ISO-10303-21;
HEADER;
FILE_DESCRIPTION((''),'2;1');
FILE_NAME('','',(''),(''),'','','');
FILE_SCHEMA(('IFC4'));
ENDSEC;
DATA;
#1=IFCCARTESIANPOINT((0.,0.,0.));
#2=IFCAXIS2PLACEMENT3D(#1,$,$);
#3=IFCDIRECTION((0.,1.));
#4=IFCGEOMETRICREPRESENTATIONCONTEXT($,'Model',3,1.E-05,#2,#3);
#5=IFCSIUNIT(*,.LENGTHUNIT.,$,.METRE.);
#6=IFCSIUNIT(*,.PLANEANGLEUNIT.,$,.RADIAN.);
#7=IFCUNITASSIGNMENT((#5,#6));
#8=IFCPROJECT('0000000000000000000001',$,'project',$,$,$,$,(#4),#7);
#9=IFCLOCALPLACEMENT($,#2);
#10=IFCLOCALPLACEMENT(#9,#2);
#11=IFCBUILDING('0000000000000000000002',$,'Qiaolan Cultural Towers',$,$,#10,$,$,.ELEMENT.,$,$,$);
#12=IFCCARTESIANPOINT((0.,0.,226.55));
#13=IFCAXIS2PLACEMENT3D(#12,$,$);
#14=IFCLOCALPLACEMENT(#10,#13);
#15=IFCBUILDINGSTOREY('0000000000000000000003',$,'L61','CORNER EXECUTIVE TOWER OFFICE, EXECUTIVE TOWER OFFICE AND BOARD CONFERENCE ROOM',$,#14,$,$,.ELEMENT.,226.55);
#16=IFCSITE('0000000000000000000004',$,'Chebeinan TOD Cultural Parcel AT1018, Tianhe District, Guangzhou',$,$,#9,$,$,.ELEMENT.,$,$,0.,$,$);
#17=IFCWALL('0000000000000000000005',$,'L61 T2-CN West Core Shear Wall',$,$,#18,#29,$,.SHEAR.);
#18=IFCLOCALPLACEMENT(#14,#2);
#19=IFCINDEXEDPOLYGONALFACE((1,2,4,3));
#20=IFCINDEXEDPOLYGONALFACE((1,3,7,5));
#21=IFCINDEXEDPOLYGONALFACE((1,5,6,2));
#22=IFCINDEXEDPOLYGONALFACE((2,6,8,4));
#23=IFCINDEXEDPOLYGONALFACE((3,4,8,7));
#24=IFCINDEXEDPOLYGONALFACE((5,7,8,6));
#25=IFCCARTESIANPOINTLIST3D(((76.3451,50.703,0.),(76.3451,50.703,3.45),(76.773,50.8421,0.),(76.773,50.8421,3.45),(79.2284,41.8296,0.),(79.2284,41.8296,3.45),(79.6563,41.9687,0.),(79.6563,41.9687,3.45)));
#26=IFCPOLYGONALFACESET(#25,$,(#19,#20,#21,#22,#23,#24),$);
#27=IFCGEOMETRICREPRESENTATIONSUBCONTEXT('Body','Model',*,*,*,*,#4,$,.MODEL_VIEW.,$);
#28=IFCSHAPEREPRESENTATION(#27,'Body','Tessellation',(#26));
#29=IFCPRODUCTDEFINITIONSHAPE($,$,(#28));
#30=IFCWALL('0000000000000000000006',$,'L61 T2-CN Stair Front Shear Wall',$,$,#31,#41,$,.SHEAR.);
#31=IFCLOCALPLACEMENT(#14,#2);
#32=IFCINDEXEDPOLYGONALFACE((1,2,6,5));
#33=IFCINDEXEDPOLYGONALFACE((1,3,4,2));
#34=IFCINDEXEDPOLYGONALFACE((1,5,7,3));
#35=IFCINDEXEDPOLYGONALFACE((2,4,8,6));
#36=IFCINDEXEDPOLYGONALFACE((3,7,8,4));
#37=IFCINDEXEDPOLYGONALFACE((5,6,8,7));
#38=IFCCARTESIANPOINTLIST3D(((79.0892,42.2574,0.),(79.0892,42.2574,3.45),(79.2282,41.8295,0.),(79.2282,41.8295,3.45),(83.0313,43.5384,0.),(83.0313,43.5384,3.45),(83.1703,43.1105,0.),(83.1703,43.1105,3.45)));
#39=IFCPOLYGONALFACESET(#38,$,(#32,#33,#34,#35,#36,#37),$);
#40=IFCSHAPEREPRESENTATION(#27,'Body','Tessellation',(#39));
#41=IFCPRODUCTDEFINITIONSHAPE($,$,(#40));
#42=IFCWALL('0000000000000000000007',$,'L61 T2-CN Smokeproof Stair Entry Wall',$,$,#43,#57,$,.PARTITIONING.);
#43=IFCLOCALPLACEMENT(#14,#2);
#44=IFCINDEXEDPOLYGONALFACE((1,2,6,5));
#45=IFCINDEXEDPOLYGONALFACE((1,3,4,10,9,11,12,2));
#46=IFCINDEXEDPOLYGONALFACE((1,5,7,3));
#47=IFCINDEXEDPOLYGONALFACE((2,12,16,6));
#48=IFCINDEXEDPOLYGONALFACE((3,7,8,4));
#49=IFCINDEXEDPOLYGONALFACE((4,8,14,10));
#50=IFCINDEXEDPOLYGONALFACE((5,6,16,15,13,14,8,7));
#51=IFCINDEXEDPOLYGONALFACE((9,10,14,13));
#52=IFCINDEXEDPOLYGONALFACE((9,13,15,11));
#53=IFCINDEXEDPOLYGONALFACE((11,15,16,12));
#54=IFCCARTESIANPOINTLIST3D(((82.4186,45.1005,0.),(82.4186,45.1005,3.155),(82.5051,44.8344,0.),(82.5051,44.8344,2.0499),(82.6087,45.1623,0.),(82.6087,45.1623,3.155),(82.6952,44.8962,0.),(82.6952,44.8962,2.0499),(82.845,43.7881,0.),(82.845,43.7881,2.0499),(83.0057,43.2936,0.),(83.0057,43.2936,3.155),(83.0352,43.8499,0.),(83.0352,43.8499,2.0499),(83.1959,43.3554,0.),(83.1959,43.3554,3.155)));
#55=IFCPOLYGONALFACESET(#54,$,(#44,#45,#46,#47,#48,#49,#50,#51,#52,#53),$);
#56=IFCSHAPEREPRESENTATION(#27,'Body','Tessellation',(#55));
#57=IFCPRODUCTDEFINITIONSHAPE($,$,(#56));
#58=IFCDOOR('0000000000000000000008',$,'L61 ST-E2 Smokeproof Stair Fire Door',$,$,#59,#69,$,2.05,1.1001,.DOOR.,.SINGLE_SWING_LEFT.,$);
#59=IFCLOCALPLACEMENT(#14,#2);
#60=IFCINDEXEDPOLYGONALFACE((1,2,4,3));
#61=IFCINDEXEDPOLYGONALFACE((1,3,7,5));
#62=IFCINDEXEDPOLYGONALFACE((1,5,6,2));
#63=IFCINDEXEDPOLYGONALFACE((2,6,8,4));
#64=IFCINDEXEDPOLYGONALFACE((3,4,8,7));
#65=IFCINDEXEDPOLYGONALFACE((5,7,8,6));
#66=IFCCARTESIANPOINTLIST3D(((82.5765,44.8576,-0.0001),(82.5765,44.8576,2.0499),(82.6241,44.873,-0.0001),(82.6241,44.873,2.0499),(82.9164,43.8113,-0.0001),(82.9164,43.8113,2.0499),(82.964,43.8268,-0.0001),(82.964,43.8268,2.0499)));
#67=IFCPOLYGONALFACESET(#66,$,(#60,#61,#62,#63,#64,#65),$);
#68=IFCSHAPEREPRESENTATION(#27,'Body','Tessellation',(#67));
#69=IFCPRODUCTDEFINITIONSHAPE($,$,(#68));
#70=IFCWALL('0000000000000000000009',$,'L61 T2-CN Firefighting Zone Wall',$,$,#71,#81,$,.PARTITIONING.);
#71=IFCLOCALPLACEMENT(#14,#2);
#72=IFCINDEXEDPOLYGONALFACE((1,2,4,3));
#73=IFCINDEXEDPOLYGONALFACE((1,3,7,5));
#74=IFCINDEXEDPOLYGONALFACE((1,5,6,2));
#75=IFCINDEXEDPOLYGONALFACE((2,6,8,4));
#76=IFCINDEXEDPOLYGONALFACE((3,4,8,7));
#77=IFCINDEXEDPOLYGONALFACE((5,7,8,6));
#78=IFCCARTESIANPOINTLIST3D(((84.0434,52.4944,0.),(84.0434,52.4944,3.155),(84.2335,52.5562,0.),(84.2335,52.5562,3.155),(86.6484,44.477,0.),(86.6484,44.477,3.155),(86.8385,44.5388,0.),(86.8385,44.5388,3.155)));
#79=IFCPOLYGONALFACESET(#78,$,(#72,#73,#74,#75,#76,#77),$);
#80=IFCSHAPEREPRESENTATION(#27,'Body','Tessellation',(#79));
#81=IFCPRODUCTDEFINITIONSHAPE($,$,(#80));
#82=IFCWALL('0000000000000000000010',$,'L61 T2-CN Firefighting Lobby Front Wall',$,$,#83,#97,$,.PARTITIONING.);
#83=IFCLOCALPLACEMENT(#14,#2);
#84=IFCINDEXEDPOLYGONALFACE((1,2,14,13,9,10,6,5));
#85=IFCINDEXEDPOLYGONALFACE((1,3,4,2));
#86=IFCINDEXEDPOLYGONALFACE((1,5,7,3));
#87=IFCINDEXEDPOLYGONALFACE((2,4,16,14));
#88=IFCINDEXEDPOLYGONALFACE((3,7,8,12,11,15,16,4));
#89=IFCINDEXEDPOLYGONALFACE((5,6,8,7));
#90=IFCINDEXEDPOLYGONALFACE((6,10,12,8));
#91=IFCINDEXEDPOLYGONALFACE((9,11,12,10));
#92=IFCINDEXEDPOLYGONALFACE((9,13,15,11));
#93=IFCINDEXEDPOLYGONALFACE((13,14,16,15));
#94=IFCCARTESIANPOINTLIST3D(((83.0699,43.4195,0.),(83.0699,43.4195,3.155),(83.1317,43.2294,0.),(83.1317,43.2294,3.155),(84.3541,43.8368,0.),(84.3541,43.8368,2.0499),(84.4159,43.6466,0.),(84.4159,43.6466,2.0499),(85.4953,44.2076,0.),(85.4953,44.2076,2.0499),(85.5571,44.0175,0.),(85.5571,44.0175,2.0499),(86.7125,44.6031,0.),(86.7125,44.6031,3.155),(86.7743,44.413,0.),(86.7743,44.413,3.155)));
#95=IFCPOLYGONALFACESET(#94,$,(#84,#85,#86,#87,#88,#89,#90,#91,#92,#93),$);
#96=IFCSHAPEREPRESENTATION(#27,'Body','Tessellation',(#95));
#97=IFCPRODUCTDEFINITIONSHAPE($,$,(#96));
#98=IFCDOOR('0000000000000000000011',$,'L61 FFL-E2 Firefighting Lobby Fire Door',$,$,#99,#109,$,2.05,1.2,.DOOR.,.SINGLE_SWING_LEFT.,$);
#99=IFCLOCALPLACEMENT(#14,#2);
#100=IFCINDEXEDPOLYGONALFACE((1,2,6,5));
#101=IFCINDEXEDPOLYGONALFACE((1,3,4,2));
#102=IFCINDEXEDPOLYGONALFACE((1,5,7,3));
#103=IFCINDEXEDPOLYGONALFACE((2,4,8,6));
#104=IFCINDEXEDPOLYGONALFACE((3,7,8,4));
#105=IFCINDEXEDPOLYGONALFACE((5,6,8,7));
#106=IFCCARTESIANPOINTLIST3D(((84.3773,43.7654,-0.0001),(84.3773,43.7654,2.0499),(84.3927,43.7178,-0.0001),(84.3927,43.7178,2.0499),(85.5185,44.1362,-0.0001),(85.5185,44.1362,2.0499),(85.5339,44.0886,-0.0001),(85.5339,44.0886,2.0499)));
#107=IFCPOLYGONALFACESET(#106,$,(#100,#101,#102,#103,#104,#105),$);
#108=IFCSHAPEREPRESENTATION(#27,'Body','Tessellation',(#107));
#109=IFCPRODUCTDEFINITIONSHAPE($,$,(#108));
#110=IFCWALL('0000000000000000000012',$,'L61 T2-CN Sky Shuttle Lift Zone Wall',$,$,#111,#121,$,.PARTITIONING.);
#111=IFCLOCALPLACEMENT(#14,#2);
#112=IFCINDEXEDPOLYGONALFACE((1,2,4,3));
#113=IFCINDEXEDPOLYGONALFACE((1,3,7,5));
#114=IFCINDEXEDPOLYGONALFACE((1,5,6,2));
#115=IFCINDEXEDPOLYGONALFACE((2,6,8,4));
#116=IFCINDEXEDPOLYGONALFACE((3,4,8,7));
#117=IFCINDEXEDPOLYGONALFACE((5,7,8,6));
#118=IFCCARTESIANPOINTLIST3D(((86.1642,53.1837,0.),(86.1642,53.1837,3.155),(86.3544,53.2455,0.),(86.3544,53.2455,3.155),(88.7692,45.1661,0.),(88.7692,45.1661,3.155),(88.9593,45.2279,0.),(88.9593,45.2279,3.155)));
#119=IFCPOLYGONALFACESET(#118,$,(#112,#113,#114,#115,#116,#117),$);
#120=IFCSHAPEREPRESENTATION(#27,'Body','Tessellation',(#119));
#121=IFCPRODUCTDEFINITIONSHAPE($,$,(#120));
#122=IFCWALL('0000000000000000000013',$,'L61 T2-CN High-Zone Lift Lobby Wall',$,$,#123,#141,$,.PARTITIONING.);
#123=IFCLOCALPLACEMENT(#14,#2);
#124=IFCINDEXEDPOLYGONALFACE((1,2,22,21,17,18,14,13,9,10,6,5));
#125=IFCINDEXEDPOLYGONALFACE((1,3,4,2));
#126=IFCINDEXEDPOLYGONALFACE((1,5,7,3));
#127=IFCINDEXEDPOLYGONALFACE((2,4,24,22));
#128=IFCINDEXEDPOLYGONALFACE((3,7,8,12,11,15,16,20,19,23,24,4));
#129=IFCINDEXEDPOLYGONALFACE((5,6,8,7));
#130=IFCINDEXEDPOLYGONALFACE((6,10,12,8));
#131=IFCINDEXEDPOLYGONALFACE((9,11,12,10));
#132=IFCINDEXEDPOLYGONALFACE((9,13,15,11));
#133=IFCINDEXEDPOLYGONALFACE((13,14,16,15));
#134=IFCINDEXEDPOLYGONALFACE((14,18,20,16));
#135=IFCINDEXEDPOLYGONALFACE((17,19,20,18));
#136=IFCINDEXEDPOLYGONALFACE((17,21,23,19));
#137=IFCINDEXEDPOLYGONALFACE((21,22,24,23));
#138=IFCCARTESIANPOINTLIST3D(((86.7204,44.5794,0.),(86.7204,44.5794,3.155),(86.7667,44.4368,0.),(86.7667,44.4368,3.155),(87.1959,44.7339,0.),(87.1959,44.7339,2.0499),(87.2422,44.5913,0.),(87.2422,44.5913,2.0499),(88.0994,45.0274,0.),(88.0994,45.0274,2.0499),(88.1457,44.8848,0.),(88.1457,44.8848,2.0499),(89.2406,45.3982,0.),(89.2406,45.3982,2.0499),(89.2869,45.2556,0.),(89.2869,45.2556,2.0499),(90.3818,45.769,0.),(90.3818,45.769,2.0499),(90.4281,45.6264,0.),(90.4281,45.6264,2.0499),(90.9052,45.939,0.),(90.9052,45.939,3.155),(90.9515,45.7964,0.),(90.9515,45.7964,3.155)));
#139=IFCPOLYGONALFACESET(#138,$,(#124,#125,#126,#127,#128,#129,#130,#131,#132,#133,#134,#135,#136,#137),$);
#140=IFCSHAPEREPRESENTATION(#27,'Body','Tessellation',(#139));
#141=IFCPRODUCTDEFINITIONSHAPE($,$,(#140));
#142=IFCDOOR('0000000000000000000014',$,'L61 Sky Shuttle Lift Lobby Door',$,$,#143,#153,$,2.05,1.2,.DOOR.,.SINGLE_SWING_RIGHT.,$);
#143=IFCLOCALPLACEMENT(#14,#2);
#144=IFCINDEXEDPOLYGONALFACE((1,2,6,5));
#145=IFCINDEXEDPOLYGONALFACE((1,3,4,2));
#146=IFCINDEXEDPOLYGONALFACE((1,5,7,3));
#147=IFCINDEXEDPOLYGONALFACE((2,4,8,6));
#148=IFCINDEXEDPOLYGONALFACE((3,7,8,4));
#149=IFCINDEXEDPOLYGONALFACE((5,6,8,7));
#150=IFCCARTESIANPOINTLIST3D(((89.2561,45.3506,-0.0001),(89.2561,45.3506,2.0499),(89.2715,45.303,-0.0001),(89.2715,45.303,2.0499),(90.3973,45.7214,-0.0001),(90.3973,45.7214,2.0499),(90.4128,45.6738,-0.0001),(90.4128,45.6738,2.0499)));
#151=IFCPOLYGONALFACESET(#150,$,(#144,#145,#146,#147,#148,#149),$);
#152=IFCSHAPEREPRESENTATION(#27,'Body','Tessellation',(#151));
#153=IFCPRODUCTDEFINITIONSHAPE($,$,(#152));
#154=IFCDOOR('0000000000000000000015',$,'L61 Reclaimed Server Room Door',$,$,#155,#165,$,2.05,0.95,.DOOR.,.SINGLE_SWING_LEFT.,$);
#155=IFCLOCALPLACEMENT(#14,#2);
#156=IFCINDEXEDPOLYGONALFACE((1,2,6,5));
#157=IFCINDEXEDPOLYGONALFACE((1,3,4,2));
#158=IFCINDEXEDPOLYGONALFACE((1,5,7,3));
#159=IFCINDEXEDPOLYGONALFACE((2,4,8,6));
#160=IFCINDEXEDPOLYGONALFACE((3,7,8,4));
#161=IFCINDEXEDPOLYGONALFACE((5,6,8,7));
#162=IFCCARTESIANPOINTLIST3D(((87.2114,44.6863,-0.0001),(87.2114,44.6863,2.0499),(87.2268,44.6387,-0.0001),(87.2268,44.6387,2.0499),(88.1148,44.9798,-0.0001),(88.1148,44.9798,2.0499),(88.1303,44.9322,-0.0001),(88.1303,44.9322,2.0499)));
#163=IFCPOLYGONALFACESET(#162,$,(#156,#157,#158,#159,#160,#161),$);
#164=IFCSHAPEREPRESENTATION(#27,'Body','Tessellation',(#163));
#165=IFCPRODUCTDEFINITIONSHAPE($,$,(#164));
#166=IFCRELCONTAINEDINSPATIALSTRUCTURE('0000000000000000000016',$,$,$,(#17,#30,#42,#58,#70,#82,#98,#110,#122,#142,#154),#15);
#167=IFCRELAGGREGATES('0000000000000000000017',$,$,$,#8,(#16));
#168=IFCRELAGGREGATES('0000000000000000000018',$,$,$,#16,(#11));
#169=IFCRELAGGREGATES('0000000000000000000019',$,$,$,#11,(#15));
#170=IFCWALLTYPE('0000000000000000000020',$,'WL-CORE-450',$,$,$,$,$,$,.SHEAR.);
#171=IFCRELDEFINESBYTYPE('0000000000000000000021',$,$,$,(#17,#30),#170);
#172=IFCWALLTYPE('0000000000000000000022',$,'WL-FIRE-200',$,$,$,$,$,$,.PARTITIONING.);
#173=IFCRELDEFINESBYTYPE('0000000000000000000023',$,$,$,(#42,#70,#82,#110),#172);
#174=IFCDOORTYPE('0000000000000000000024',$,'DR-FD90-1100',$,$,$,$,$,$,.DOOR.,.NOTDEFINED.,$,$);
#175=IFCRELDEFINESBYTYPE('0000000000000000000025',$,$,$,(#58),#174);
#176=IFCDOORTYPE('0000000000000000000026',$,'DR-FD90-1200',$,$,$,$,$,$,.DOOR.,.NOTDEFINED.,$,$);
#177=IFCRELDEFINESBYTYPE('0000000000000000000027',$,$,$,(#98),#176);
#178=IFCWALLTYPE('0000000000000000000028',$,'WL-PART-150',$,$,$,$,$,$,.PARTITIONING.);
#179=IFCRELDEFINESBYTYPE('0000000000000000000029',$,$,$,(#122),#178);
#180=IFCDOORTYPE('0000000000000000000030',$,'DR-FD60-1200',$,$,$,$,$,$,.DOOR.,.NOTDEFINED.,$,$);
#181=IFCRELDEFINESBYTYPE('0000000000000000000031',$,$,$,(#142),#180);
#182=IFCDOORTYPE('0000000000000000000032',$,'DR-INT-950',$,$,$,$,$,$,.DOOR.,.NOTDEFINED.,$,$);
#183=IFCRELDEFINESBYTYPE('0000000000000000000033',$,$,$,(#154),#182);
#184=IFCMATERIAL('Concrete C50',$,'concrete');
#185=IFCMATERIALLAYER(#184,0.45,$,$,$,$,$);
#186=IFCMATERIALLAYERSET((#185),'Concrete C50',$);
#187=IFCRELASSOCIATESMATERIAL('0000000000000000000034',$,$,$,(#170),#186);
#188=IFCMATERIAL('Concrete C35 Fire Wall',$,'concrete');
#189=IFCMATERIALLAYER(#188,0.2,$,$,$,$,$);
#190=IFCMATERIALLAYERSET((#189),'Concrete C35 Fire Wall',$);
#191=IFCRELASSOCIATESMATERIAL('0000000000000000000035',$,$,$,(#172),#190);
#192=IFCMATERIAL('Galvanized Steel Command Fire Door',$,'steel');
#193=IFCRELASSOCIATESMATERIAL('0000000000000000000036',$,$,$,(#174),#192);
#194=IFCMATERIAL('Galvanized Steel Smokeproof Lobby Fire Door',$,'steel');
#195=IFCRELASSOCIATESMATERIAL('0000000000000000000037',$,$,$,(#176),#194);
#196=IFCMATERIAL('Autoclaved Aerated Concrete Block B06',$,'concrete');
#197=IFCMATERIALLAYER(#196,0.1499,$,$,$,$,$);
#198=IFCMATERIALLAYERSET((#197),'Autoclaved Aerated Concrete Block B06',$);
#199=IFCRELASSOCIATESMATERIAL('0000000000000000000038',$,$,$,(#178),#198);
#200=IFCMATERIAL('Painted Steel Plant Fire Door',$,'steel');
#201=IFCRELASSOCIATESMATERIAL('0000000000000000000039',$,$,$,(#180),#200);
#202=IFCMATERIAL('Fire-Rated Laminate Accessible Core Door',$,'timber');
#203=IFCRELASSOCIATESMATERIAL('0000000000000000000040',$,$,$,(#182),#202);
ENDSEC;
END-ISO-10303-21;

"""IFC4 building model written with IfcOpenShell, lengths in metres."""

from ifc_helpers import new_model, si_unit, direction, frame, frame_2d, origin, place, context, subcontext, project, spatial, rectangle, extrude, material, layer, layer_set, type_object, element, fill, save


model = new_model("IFC4")

# Units and contexts
model_context = context("Model", 3, precision=1e-05, world=origin(), true_north=direction((0.0, 1.0)))
body_context = subcontext(model_context, "Body", "Model", "MODEL_VIEW")
ifc_project = project(units=[si_unit("LENGTHUNIT", "METRE"), si_unit("PLANEANGLEUNIT", "RADIAN")], contexts=[model_context])

# Site, building, storey
site_placement = place(None, origin())
site = spatial("IfcSite", under=ifc_project, at=site_placement, Name="Chebeinan TOD Cultural Parcel AT1018, Tianhe District, Guangzhou", CompositionType="ELEMENT", RefElevation=0.0)
building_placement = place(site_placement, origin())
building = spatial("IfcBuilding", under=site, at=building_placement, Name="Qiaolan Cultural Towers", CompositionType="ELEMENT")
storey_placement = place(building_placement, frame((0.0, 0.0, 226.55)))
storey = spatial("IfcBuildingStorey", under=building, at=storey_placement, Name="L61", Description="CORNER EXECUTIVE TOWER OFFICE, EXECUTIVE TOWER OFFICE AND BOARD CONFERENCE ROOM", CompositionType="ELEMENT", Elevation=226.55)

# Walls
ifc_material_1 = material(Name="Concrete C50", Category="concrete")
ifc_layer_1 = layer(ifc_material_1, 0.45)
ifc_layer_set_1 = layer_set([ifc_layer_1], Name="Concrete C50")
wall_type_1 = type_object("IfcWallType", Name="WL-CORE-450", PredefinedType="SHEAR", material=ifc_layer_set_1)
wall_1_placement = place(storey_placement, frame((79.4424, 41.8992, 0.0), z_axis=(0.0, 0.0, 1.0), x_axis=(-0.309036, 0.95105, 0.0)))
element("IfcWall", 1, at=wall_1_placement, inside=storey, type_object=wall_type_1, Name="L61 T2-CN West Core Shear Wall", PredefinedType="SHEAR", context=body_context, shape_type="SweptSolid", body=[
    extrude(rectangle(XDim=9.3301, YDim=0.45, at=frame_2d((4.665, 0.0))), origin(), (0.0, 0.0, 1.0), 3.45),
])
wall_2_placement = place(storey_placement, frame((79.1587, 42.0435, 0.0), z_axis=(0.0, 0.0, 1.0), x_axis=(0.951047, 0.309045, 0.0)))
element("IfcWall", 2, at=wall_2_placement, inside=storey, type_object=wall_type_1, Name="L61 T2-CN Stair Front Shear Wall", PredefinedType="SHEAR", context=body_context, shape_type="SweptSolid", body=[
    extrude(rectangle(XDim=4.145, YDim=0.45, at=frame_2d((2.0725, 0.0))), origin(), (0.0, 0.0, 1.0), 3.45),
])

# Wall, opening, door
ifc_material_2 = material(Name="Concrete C35 Fire Wall", Category="concrete")
ifc_layer_2 = layer(ifc_material_2, 0.2)
ifc_layer_set_2 = layer_set([ifc_layer_2], Name="Concrete C35 Fire Wall")
wall_type_2 = type_object("IfcWallType", Name="WL-FIRE-200", PredefinedType="PARTITIONING", material=ifc_layer_set_2)
wall_3_placement = place(storey_placement, frame((83.1008, 43.3245, 0.0), z_axis=(0.0, 0.0, 1.0), x_axis=(-0.309048, 0.951046, 0.0)))
wall_3 = element("IfcWall", 3, at=wall_3_placement, inside=storey, type_object=wall_type_2, Name="L61 T2-CN Smokeproof Stair Entry Wall", PredefinedType="PARTITIONING", context=body_context, shape_type="SweptSolid", body=[
    extrude(rectangle(XDim=1.8999, YDim=0.2, at=frame_2d((0.95, 0.0))), origin(), (0.0, 0.0, 1.0), 3.155),
])
opening_1_placement = place(wall_3_placement, frame((0.52, 0.0, 0.0)))
opening_1 = element("IfcOpeningElement", 4, at=opening_1_placement, cuts=wall_3, PredefinedType="OPENING", context=body_context, shape_type="SweptSolid", body=[
    extrude(rectangle(XDim=1.1001, YDim=2.05, at=frame_2d((0.55, 1.0249))), frame((0.0, 0.1099, 0.0), z_axis=(0.0, -1.0, 0.0), x_axis=(1.0, 0.0, 0.0)), (0.0, 0.0, 1.0), 0.22),
])
ifc_material_3 = material(Name="Galvanized Steel Command Fire Door", Category="steel")
door_type_1 = type_object("IfcDoorType", Name="DR-FD90-1100", OperationType="NOTDEFINED", PredefinedType="DOOR", material=ifc_material_3)
door_1_placement = place(opening_1_placement, origin())
door_1 = element("IfcDoor", 5, at=door_1_placement, inside=storey, type_object=door_type_1, Name="L61 ST-E2 Smokeproof Stair Fire Door", OperationType="SINGLE_SWING_LEFT", OverallHeight=2.05, OverallWidth=1.1001, PredefinedType="DOOR", context=body_context, shape_type="SweptSolid", body=[
    extrude(rectangle(XDim=1.1001, YDim=2.05, at=frame_2d((0.55, 1.0249))), frame((0.0, 0.0249, 0.0), z_axis=(0.0, -1.0, 0.0), x_axis=(1.0, 0.0, 0.0)), (0.0, 0.0, 1.0), 0.05),
])
fill(opening_1, door_1)

# Wall
wall_4_placement = place(storey_placement, frame((86.7434, 44.5081, 0.0), z_axis=(0.0, 0.0, 1.0), x_axis=(-0.309016, 0.951057, 0.0)))
element("IfcWall", 6, at=wall_4_placement, inside=storey, type_object=wall_type_2, Name="L61 T2-CN Firefighting Zone Wall", PredefinedType="PARTITIONING", context=body_context, shape_type="SweptSolid", body=[
    extrude(rectangle(XDim=8.4299, YDim=0.2, at=frame_2d((4.2148, 0.0))), origin(), (0.0, 0.0, 1.0), 3.155),
])

# Wall, opening, door
wall_5_placement = place(storey_placement, frame((83.1008, 43.3245, 0.0), z_axis=(0.0, 0.0, 1.0), x_axis=(0.951053, 0.309028, 0.0)))
wall_5 = element("IfcWall", 7, at=wall_5_placement, inside=storey, type_object=wall_type_2, Name="L61 T2-CN Firefighting Lobby Front Wall", PredefinedType="PARTITIONING", context=body_context, shape_type="SweptSolid", body=[
    extrude(rectangle(XDim=3.8301, YDim=0.2, at=frame_2d((1.915, 0.0))), origin(), (0.0, 0.0, 1.0), 3.155),
])
opening_2_placement = place(wall_5_placement, frame((1.3501, 0.0, 0.0)))
opening_2 = element("IfcOpeningElement", 8, at=opening_2_placement, cuts=wall_5, PredefinedType="OPENING", context=body_context, shape_type="SweptSolid", body=[
    extrude(rectangle(XDim=1.2, YDim=2.05, at=frame_2d((0.6001, 1.0249))), frame((0.0, 0.1099, 0.0), z_axis=(0.0, -1.0, 0.0), x_axis=(1.0, 0.0, 0.0)), (0.0, 0.0, 1.0), 0.22),
])
ifc_material_4 = material(Name="Galvanized Steel Smokeproof Lobby Fire Door", Category="steel")
door_type_2 = type_object("IfcDoorType", Name="DR-FD90-1200", OperationType="NOTDEFINED", PredefinedType="DOOR", material=ifc_material_4)
door_2_placement = place(opening_2_placement, origin())
door_2 = element("IfcDoor", 9, at=door_2_placement, inside=storey, type_object=door_type_2, Name="L61 FFL-E2 Firefighting Lobby Fire Door", OperationType="SINGLE_SWING_LEFT", OverallHeight=2.05, OverallWidth=1.2, PredefinedType="DOOR", context=body_context, shape_type="SweptSolid", body=[
    extrude(rectangle(XDim=1.2, YDim=2.05, at=frame_2d((0.6001, 1.0249))), frame((0.0, 0.0249, 0.0), z_axis=(0.0, -1.0, 0.0), x_axis=(1.0, 0.0, 0.0)), (0.0, 0.0, 1.0), 0.05),
])
fill(opening_2, door_2)

# Wall
wall_6_placement = place(storey_placement, frame((88.8643, 45.197, 0.0), z_axis=(0.0, 0.0, 1.0), x_axis=(-0.309007, 0.95106, 0.0)))
element("IfcWall", 10, at=wall_6_placement, inside=storey, type_object=wall_type_2, Name="L61 T2-CN Sky Shuttle Lift Zone Wall", PredefinedType="PARTITIONING", context=body_context, shape_type="SweptSolid", body=[
    extrude(rectangle(XDim=8.4302, YDim=0.2, at=frame_2d((4.2151, 0.0))), origin(), (0.0, 0.0, 1.0), 3.155),
])

# Wall, openings, doors
ifc_material_5 = material(Name="Autoclaved Aerated Concrete Block B06", Category="concrete")
ifc_layer_3 = layer(ifc_material_5, 0.1499)
ifc_layer_set_3 = layer_set([ifc_layer_3], Name="Autoclaved Aerated Concrete Block B06")
wall_type_3 = type_object("IfcWallType", Name="WL-PART-150", PredefinedType="PARTITIONING", material=ifc_layer_set_3)
wall_7_placement = place(storey_placement, frame((86.7434, 44.5081, 0.0), z_axis=(0.0, 0.0, 1.0), x_axis=(0.951064, 0.308994, 0.0)))
wall_7 = element("IfcWall", 11, at=wall_7_placement, inside=storey, type_object=wall_type_3, Name="L61 T2-CN High-Zone Lift Lobby Wall", PredefinedType="PARTITIONING", context=body_context, shape_type="SweptSolid", body=[
    extrude(rectangle(XDim=4.4001, YDim=0.1499, at=frame_2d((2.2002, 0.0))), origin(), (0.0, 0.0, 1.0), 3.155),
])
opening_3_placement = place(wall_7_placement, frame((0.5, 0.0, 0.0)))
opening_3 = element("IfcOpeningElement", 12, at=opening_3_placement, cuts=wall_7, PredefinedType="OPENING", context=body_context, shape_type="SweptSolid", body=[
    extrude(rectangle(XDim=0.95, YDim=2.05, at=frame_2d((0.4751, 1.0249))), frame((0.0, 0.085, 0.0), z_axis=(0.0, -1.0, 0.0), x_axis=(1.0, 0.0, 0.0)), (0.0, 0.0, 1.0), 0.1699),
])
opening_4_placement = place(wall_7_placement, frame((2.6499, 0.0, 0.0)))
opening_4 = element("IfcOpeningElement", 13, at=opening_4_placement, cuts=wall_7, PredefinedType="OPENING", context=body_context, shape_type="SweptSolid", body=[
    extrude(rectangle(XDim=1.2, YDim=2.05, at=frame_2d((0.6001, 1.0249))), frame((0.0, 0.085, 0.0), z_axis=(0.0, -1.0, 0.0), x_axis=(1.0, 0.0, 0.0)), (0.0, 0.0, 1.0), 0.1699),
])
ifc_material_6 = material(Name="Painted Steel Plant Fire Door", Category="steel")
door_type_3 = type_object("IfcDoorType", Name="DR-FD60-1200", OperationType="NOTDEFINED", PredefinedType="DOOR", material=ifc_material_6)
door_3_placement = place(opening_4_placement, origin())
door_3 = element("IfcDoor", 14, at=door_3_placement, inside=storey, type_object=door_type_3, Name="L61 Sky Shuttle Lift Lobby Door", OperationType="SINGLE_SWING_RIGHT", OverallHeight=2.05, OverallWidth=1.2, PredefinedType="DOOR", context=body_context, shape_type="SweptSolid", body=[
    extrude(rectangle(XDim=1.2, YDim=2.05, at=frame_2d((0.6001, 1.0249))), frame((0.0, 0.0249, 0.0), z_axis=(0.0, -1.0, 0.0), x_axis=(1.0, 0.0, 0.0)), (0.0, 0.0, 1.0), 0.05),
])
fill(opening_4, door_3)
ifc_material_7 = material(Name="Fire-Rated Laminate Accessible Core Door", Category="timber")
door_type_4 = type_object("IfcDoorType", Name="DR-INT-950", OperationType="NOTDEFINED", PredefinedType="DOOR", material=ifc_material_7)
door_4_placement = place(opening_3_placement, origin())
door_4 = element("IfcDoor", 15, at=door_4_placement, inside=storey, type_object=door_type_4, Name="L61 Reclaimed Server Room Door", OperationType="SINGLE_SWING_LEFT", OverallHeight=2.05, OverallWidth=0.95, PredefinedType="DOOR", context=body_context, shape_type="SweptSolid", body=[
    extrude(rectangle(XDim=0.95, YDim=2.05, at=frame_2d((0.4751, 1.0249))), frame((0.0, 0.0249, 0.0), z_axis=(0.0, -1.0, 0.0), x_axis=(1.0, 0.0, 0.0)), (0.0, 0.0, 1.0), 0.05),
])
fill(opening_3, door_4)

save(model, "model.ifc")
